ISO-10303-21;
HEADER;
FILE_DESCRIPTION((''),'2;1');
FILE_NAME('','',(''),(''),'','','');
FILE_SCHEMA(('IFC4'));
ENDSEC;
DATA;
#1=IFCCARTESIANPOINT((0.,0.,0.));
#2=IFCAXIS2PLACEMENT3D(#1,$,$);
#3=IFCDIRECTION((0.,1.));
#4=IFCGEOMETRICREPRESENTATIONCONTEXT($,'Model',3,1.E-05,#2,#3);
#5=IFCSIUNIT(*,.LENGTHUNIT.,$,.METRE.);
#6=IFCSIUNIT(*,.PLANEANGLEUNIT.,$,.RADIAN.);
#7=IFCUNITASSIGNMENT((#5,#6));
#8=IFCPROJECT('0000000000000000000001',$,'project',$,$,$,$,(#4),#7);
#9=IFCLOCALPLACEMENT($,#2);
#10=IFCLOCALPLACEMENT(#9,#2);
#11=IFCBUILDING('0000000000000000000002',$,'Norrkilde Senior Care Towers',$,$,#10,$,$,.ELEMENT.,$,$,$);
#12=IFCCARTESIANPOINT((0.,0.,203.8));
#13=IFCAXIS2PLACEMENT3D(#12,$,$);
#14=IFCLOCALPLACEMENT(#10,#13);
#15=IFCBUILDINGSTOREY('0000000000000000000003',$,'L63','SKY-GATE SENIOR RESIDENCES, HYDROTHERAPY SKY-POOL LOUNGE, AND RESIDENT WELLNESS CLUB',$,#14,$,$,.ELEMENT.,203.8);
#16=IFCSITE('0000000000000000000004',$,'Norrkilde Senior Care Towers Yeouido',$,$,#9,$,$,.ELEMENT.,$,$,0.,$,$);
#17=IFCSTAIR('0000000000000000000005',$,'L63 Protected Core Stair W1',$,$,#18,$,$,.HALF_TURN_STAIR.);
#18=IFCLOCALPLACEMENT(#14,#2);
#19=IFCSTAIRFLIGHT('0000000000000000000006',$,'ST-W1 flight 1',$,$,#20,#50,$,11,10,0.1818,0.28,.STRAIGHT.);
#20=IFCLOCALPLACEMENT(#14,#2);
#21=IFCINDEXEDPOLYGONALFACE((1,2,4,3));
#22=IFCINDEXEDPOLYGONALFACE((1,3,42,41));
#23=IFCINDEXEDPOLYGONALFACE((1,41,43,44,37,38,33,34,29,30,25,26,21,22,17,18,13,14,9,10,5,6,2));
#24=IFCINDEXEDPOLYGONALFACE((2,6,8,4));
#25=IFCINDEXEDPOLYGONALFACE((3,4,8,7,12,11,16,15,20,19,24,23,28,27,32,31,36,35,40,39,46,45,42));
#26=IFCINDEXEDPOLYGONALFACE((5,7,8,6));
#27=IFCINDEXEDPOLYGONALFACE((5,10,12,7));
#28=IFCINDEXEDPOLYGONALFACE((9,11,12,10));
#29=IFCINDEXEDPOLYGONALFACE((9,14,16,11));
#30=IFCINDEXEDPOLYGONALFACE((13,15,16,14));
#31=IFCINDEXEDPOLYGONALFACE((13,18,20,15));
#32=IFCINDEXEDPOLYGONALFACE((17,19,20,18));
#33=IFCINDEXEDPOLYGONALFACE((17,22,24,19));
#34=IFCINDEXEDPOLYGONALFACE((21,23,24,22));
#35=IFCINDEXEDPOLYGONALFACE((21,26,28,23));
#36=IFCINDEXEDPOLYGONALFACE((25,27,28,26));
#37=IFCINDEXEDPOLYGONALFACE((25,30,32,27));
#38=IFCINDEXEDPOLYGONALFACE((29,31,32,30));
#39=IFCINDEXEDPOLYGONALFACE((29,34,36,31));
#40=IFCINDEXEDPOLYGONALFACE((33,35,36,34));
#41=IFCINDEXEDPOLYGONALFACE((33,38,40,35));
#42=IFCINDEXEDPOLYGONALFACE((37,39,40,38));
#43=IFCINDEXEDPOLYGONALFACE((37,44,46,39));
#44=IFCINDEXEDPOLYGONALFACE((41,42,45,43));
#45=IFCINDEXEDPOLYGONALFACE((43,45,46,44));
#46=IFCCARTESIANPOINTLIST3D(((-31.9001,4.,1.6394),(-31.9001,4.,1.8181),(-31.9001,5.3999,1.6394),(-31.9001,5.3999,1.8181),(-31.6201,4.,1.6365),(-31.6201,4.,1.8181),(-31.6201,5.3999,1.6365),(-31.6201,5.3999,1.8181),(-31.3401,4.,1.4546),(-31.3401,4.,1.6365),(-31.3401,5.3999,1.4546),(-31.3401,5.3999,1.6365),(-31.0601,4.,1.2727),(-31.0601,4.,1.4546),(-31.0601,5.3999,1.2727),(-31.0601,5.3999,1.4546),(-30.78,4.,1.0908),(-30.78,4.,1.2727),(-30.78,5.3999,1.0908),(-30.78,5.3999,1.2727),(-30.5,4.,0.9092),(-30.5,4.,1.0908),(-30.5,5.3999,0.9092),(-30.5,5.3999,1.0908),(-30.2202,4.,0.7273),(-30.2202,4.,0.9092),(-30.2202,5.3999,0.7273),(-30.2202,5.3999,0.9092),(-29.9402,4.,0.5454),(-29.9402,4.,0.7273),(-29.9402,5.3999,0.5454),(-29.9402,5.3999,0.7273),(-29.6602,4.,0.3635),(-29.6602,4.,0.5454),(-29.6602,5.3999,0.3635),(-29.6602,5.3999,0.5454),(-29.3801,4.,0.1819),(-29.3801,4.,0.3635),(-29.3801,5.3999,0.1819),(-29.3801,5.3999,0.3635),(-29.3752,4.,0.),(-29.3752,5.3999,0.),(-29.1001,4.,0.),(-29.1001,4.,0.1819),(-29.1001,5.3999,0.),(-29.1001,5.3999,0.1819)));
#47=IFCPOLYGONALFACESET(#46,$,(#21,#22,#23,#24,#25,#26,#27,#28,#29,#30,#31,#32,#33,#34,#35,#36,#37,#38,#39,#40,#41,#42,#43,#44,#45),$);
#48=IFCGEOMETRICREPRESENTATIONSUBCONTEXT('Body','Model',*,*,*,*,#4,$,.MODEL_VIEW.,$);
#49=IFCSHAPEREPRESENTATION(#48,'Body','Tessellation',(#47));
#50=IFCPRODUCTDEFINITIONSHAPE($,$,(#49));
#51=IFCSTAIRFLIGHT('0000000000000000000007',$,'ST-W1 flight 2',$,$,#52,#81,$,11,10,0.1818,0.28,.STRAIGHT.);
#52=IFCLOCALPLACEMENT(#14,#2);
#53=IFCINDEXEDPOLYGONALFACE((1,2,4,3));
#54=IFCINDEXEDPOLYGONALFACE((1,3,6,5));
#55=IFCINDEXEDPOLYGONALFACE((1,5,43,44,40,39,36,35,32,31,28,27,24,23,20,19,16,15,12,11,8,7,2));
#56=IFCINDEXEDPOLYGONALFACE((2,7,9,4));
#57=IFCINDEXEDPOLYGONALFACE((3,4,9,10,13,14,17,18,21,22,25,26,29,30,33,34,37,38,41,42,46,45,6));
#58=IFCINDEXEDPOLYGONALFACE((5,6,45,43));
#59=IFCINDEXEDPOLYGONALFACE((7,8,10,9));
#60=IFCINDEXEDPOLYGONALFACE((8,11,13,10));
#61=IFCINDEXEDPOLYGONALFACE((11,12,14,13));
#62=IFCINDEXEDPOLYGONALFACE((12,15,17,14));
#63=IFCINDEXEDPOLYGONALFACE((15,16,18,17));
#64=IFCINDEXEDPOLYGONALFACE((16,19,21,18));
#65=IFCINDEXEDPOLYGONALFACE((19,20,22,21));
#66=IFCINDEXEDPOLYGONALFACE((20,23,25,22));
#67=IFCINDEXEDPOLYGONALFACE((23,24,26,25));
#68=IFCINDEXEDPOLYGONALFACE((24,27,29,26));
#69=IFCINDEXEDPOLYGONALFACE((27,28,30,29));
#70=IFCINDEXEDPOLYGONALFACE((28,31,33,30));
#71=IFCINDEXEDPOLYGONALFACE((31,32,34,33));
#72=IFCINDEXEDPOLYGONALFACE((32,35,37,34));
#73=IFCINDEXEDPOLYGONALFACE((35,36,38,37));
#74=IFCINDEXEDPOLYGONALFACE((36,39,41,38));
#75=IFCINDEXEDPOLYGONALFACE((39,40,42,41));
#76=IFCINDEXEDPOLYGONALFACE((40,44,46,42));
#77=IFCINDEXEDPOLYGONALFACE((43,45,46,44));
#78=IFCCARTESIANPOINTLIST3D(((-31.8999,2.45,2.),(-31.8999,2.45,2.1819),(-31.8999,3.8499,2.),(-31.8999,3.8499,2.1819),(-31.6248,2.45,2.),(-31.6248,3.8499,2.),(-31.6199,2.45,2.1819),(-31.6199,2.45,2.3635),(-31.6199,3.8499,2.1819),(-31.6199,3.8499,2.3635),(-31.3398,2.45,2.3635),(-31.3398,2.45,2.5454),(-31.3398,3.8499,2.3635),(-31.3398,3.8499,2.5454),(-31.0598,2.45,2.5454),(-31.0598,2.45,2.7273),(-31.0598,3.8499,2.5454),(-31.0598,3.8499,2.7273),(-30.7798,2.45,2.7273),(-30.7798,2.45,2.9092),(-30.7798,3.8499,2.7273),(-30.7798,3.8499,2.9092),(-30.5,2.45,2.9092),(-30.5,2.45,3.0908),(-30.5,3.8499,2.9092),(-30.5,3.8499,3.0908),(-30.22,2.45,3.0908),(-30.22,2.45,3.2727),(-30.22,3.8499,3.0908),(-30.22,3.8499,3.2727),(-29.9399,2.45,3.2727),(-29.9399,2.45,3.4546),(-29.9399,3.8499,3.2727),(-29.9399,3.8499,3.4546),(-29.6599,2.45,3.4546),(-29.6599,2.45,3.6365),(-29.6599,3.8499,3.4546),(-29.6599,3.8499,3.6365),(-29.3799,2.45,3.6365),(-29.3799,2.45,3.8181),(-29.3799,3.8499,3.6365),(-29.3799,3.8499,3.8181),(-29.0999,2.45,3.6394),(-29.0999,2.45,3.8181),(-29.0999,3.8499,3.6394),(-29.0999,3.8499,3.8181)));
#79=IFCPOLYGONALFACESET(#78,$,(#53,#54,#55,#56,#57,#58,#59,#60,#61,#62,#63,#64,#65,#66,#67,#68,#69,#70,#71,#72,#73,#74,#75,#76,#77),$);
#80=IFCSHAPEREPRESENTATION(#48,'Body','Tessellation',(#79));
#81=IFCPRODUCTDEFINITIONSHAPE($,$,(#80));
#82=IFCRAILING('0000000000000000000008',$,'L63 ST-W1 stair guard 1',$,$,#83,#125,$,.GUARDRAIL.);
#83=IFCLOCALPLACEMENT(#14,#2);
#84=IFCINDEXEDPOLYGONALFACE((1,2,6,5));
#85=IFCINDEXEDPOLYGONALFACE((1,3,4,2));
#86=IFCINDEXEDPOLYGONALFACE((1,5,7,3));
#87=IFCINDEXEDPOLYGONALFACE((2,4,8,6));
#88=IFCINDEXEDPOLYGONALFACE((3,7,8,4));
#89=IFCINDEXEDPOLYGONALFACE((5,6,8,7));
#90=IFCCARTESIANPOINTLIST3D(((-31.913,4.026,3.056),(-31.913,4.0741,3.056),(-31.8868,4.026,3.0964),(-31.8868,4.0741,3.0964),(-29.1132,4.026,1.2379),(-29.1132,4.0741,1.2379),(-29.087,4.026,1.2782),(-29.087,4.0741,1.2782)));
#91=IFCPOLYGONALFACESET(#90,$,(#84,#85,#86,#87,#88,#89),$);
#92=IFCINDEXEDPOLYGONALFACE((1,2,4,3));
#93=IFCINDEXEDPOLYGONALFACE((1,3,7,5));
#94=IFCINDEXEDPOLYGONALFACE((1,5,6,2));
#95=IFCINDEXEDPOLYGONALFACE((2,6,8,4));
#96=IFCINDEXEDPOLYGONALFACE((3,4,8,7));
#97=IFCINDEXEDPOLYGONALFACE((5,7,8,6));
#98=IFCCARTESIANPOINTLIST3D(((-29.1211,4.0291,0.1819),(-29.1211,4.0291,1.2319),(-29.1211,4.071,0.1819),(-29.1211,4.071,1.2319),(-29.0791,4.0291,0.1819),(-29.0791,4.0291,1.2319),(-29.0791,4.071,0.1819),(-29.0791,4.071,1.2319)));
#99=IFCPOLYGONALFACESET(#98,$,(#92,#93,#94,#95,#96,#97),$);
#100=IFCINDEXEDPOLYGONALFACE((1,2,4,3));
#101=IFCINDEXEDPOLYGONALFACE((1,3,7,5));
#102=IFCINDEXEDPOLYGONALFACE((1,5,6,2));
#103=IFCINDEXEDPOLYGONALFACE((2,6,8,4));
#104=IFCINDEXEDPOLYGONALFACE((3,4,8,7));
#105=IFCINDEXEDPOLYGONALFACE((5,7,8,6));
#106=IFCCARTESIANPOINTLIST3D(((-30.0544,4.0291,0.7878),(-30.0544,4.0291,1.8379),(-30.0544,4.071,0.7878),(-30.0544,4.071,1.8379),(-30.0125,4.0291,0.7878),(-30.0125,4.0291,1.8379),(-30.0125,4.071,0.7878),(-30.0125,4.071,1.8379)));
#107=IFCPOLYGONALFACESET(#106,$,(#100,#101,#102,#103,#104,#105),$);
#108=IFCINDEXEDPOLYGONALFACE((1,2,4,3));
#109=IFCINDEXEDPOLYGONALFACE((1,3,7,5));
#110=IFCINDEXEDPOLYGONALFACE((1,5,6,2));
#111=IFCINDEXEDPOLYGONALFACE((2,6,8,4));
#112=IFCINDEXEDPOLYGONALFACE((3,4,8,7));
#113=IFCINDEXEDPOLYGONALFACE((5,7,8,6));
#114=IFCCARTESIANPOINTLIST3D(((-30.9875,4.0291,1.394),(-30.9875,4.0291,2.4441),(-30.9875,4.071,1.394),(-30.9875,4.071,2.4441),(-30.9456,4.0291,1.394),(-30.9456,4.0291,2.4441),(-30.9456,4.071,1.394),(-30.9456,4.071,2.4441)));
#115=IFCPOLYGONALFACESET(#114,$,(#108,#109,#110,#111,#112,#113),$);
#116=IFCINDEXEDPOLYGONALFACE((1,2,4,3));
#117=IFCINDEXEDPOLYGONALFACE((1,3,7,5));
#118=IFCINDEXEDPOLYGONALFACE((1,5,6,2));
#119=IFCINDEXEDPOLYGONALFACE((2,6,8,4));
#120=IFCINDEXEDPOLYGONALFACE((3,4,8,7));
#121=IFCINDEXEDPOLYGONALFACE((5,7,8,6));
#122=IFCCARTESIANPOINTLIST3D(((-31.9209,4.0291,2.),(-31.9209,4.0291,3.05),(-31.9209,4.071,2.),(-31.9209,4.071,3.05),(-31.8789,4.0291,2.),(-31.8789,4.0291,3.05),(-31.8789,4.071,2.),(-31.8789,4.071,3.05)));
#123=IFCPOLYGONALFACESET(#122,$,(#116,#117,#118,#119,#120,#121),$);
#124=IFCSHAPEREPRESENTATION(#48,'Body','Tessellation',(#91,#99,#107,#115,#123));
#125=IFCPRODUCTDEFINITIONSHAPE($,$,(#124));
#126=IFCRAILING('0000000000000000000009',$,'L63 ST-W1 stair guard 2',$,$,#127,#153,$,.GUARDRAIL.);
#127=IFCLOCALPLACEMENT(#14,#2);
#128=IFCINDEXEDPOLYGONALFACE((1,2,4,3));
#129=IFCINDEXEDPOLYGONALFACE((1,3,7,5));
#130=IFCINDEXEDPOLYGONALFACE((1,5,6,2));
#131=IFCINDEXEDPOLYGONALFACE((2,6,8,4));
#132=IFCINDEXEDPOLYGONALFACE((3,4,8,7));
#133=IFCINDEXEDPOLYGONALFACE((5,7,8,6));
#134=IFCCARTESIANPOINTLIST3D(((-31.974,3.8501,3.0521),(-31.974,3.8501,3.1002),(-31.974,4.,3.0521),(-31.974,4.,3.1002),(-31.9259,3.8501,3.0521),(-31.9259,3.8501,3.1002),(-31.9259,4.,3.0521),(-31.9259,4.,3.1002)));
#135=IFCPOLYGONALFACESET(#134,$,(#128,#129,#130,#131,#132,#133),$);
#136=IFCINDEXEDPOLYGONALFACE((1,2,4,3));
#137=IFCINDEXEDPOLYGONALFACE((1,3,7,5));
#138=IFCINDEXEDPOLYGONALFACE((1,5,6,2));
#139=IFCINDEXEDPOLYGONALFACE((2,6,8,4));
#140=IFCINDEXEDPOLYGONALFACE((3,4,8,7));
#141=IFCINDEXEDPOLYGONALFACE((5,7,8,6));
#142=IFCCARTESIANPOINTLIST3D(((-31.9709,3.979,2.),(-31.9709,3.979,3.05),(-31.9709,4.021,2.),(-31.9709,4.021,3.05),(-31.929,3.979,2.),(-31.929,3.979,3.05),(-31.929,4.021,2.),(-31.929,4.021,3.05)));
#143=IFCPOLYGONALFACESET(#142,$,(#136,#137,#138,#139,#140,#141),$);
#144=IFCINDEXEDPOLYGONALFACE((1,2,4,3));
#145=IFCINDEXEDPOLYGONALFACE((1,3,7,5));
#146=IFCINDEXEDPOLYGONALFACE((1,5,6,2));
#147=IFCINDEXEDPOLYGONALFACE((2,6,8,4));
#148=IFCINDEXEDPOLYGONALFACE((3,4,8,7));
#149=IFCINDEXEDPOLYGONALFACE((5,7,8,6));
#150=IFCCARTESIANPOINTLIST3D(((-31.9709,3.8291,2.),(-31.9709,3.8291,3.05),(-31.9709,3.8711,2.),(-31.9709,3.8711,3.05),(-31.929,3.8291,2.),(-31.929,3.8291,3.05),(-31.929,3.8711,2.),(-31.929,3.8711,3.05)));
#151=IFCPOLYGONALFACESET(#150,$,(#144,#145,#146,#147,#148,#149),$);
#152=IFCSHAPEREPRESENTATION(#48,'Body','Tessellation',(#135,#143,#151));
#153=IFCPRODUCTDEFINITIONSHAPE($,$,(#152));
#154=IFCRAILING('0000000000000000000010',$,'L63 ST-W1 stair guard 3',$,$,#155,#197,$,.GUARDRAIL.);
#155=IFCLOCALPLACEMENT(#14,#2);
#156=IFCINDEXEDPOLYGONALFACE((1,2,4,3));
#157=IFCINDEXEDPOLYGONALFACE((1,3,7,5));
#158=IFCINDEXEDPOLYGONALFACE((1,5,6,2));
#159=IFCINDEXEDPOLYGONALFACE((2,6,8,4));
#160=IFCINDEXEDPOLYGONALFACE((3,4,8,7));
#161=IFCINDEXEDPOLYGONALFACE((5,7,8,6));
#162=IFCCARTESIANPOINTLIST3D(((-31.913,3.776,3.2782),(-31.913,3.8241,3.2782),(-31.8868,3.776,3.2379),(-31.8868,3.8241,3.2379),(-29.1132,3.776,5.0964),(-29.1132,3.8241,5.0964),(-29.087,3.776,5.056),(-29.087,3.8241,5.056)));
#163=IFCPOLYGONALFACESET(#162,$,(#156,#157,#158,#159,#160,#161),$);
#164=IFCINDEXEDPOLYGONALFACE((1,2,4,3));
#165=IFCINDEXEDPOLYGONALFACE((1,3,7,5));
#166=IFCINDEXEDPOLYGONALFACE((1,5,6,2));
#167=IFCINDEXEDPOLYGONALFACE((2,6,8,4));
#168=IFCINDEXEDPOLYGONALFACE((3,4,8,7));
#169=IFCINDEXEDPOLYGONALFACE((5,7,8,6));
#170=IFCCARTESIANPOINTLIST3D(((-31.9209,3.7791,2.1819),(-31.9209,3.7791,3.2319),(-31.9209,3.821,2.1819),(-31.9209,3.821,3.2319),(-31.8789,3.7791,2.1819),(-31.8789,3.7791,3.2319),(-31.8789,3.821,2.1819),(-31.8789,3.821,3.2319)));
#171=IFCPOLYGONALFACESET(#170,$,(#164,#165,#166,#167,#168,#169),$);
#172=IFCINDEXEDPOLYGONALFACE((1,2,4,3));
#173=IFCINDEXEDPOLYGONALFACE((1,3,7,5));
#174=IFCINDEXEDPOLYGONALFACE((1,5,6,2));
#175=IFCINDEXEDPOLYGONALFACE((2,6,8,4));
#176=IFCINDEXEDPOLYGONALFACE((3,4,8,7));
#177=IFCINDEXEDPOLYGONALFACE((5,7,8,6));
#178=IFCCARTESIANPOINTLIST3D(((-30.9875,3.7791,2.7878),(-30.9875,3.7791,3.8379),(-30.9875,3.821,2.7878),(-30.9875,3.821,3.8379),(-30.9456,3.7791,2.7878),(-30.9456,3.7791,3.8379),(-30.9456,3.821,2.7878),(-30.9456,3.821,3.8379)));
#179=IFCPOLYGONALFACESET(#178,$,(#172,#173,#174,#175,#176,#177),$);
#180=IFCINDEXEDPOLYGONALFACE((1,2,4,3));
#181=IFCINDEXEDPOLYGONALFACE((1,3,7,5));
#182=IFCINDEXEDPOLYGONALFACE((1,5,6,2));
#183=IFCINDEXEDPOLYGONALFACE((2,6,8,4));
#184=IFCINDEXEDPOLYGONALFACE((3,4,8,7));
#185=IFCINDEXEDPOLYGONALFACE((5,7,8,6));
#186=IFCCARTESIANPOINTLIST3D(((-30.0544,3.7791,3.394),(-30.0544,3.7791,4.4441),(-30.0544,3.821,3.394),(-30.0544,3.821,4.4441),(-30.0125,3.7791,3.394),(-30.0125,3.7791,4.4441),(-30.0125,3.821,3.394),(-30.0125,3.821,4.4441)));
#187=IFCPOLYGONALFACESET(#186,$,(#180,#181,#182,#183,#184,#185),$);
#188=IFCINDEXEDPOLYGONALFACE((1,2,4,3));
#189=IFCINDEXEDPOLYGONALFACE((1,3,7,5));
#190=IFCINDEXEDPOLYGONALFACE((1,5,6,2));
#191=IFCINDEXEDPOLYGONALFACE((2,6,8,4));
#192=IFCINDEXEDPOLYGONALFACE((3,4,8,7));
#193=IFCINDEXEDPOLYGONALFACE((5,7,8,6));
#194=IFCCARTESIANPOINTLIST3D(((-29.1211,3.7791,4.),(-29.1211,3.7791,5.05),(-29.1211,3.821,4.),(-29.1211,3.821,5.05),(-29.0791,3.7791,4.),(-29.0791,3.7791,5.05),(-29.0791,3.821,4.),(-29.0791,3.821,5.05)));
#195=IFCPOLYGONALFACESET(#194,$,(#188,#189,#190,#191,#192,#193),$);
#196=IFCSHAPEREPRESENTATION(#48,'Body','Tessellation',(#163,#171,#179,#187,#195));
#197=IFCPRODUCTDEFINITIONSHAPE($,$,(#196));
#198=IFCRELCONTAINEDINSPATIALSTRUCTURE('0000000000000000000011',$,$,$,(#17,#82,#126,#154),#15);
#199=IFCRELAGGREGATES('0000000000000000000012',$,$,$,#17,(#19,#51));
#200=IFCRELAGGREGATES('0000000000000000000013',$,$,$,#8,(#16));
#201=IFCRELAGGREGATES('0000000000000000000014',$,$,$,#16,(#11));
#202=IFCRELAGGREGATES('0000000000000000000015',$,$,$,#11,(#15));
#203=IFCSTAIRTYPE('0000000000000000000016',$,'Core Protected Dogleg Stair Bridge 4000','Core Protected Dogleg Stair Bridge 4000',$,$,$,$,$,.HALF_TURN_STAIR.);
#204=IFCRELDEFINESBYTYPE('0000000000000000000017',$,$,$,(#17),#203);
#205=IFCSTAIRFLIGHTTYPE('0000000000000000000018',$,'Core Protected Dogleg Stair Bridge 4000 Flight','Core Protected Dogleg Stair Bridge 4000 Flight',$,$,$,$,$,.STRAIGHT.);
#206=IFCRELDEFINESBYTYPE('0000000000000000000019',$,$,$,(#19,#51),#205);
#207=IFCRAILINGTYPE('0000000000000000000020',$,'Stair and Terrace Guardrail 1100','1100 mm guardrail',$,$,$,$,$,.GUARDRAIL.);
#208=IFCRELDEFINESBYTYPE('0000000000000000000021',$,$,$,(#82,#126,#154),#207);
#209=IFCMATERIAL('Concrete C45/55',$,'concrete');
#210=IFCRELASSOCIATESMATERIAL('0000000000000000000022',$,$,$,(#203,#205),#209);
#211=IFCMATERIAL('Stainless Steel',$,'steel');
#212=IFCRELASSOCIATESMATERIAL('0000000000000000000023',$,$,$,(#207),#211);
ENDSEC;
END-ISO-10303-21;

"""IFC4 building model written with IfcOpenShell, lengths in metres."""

from ifc_helpers import new_model, si_unit, direction, frame, origin, origin_2d, place, context, subcontext, project, spatial, polyline, rectangle, outline, extrude, material, type_object, element, aggregate, save


model = new_model("IFC4")

# Units and contexts
model_context = context("Model", 3, precision=1e-05, world=origin(), true_north=direction((0.0, 1.0)))
body_context = subcontext(model_context, "Body", "Model", "MODEL_VIEW")
ifc_project = project(units=[si_unit("LENGTHUNIT", "METRE"), si_unit("PLANEANGLEUNIT", "RADIAN")], contexts=[model_context])

# Site, building, storey
site_placement = place(None, origin())
site = spatial("IfcSite", under=ifc_project, at=site_placement, Name="Norrkilde Senior Care Towers Yeouido", CompositionType="ELEMENT", RefElevation=0.0)
building_placement = place(site_placement, origin())
building = spatial("IfcBuilding", under=site, at=building_placement, Name="Norrkilde Senior Care Towers", CompositionType="ELEMENT")
storey_placement = place(building_placement, frame((0.0, 0.0, 203.8)))
storey = spatial("IfcBuildingStorey", under=building, at=storey_placement, Name="L63", Description="SKY-GATE SENIOR RESIDENCES, HYDROTHERAPY SKY-POOL LOUNGE, AND RESIDENT WELLNESS CLUB", CompositionType="ELEMENT", Elevation=203.8)

# Shared definitions
ifc_material_1 = material(Name="Concrete C45/55", Category="concrete")

# Shared definitions
ifc_material_2 = material(Name="Stainless Steel", Category="steel")

# Stair, stair flights
stair_type = type_object("IfcStairType", Name="Core Protected Dogleg Stair Bridge 4000", Description="Core Protected Dogleg Stair Bridge 4000", PredefinedType="HALF_TURN_STAIR", material=ifc_material_1)
stair_placement = place(storey_placement, origin())
stair = element("IfcStair", 1, at=stair_placement, inside=storey, type_object=stair_type, Name="L63 Protected Core Stair W1", PredefinedType="HALF_TURN_STAIR")
stair_flight_type = type_object("IfcStairFlightType", Name="Core Protected Dogleg Stair Bridge 4000 Flight", Description="Core Protected Dogleg Stair Bridge 4000 Flight", PredefinedType="STRAIGHT", material=ifc_material_1)
stair_flight_1_placement = place(storey_placement, frame((-29.1001, 4.7, 0.0), z_axis=(0.0, 0.0, 1.0), x_axis=(-1.0, 0.0, 0.0)))
stair_flight_1 = element("IfcStairFlight", 2, at=stair_flight_1_placement, type_object=stair_flight_type, Name="ST-W1 flight 1", NumberOfRisers=11, NumberOfTreads=10, PredefinedType="STRAIGHT", RiserHeight=0.1818, TreadLength=0.28, context=body_context, shape_type="SweptSolid", body=[
    extrude(outline(polyline([(0.0, 0.0), (0.0, 0.1819), (0.28, 0.1819), (0.28, 0.3635), (0.5601, 0.3635), (0.5601, 0.5454), (0.8401, 0.5454), (0.8401, 0.7273), (1.1201, 0.7273), (1.1201, 0.9092), (1.3999, 0.9092), (1.3999, 1.0908), (1.6799, 1.0908), (1.6799, 1.2727), (1.96, 1.2727), (1.96, 1.4546), (2.24, 1.4546), (2.24, 1.6365), (2.52, 1.6365), (2.52, 1.8181), (2.8, 1.8181), (2.8, 2.0), (2.8, 1.6394), (0.2751, 0.0), (0.0, 0.0)])), frame((0.0, 0.7, 0.0), z_axis=(0.0, -1.0, 0.0), x_axis=(1.0, 0.0, 0.0)), (0.0, 0.0, 1.0), 1.3999),
])
stair_flight_2_placement = place(storey_placement, frame((-31.8999, 3.1499, 2.0), z_axis=(0.0, 0.0, 1.0), x_axis=(1.0, 0.0, 0.0)))
stair_flight_2 = element("IfcStairFlight", 3, at=stair_flight_2_placement, type_object=stair_flight_type, Name="ST-W1 flight 2", NumberOfRisers=11, NumberOfTreads=10, PredefinedType="STRAIGHT", RiserHeight=0.1818, TreadLength=0.28, context=body_context, shape_type="SweptSolid", body=[
    extrude(outline(polyline([(0.0, 0.0), (0.0, 0.1819), (0.28, 0.1819), (0.28, 0.3635), (0.5601, 0.3635), (0.5601, 0.5454), (0.8401, 0.5454), (0.8401, 0.7273), (1.1201, 0.7273), (1.1201, 0.9092), (1.3999, 0.9092), (1.3999, 1.0908), (1.6799, 1.0908), (1.6799, 1.2727), (1.96, 1.2727), (1.96, 1.4546), (2.24, 1.4546), (2.24, 1.6365), (2.52, 1.6365), (2.52, 1.8181), (2.8, 1.8181), (2.8, 2.0), (2.8, 1.6394), (0.2751, 0.0), (0.0, 0.0)])), frame((0.0, 0.7, 0.0), z_axis=(0.0, -1.0, 0.0), x_axis=(1.0, 0.0, 0.0)), (0.0, 0.0, 1.0), 1.3999),
])
aggregate(stair, [stair_flight_1, stair_flight_2])

# Railings
railing_type_1 = type_object("IfcRailingType", Name="Stair and Terrace Guardrail 1100", Description="1100 mm guardrail", PredefinedType="GUARDRAIL", material=ifc_material_2)
railing_1_placement = place(storey_placement, frame((-29.1001, 4.05, 0.1819)))
element("IfcRailing", 4, at=railing_1_placement, inside=storey, type_object=railing_type_1, Name="L63 ST-W1 stair guard 1", PredefinedType="GUARDRAIL", context=body_context, shape_type="SweptSolid", body=[
    extrude(rectangle(XDim=0.0481, YDim=0.0481, at=origin_2d()), frame((0.0, 0.0, 1.0762), z_axis=(-0.838684, 0.0, 0.544618), x_axis=(0.0, -1.0, 0.0)), (0.0, 0.0, 1.0), 3.3384),
    extrude(rectangle(XDim=0.042, YDim=0.042, at=origin_2d()), origin(), (0.0, 0.0, 1.0), 1.05),
    extrude(rectangle(XDim=0.042, YDim=0.042, at=origin_2d()), frame((-0.9333, 0.0, 0.606)), (0.0, 0.0, 1.0), 1.05),
    extrude(rectangle(XDim=0.042, YDim=0.042, at=origin_2d()), frame((-1.8665, 0.0, 1.2122)), (0.0, 0.0, 1.0), 1.05),
    extrude(rectangle(XDim=0.042, YDim=0.042, at=origin_2d()), frame((-2.7998, 0.0, 1.8181)), (0.0, 0.0, 1.0), 1.05),
])
railing_2_placement = place(storey_placement, frame((-31.95, 4.0, 2.0)))
element("IfcRailing", 5, at=railing_2_placement, inside=storey, type_object=railing_type_1, Name="L63 ST-W1 stair guard 2", PredefinedType="GUARDRAIL", context=body_context, shape_type="SweptSolid", body=[
    extrude(rectangle(XDim=0.0481, YDim=0.0481, at=origin_2d()), frame((0.0, 0.0, 1.0762), z_axis=(0.0, -1.0, 0.0), x_axis=(1.0, 0.0, 0.0)), (0.0, 0.0, 1.0), 0.1499),
    extrude(rectangle(XDim=0.042, YDim=0.042, at=origin_2d()), origin(), (0.0, 0.0, 1.0), 1.05),
    extrude(rectangle(XDim=0.042, YDim=0.042, at=origin_2d()), frame((0.0, -0.1499, 0.0)), (0.0, 0.0, 1.0), 1.05),
])
railing_3_placement = place(storey_placement, frame((-31.8999, 3.8, 2.1819)))
element("IfcRailing", 6, at=railing_3_placement, inside=storey, type_object=railing_type_1, Name="L63 ST-W1 stair guard 3", PredefinedType="GUARDRAIL", context=body_context, shape_type="SweptSolid", body=[
    extrude(rectangle(XDim=0.0481, YDim=0.0481, at=origin_2d()), frame((0.0, 0.0, 1.0762), z_axis=(0.838684, 0.0, 0.544618), x_axis=(0.0, 1.0, 0.0)), (0.0, 0.0, 1.0), 3.3384),
    extrude(rectangle(XDim=0.042, YDim=0.042, at=origin_2d()), origin(), (0.0, 0.0, 1.0), 1.05),
    extrude(rectangle(XDim=0.042, YDim=0.042, at=origin_2d()), frame((0.9333, 0.0, 0.606)), (0.0, 0.0, 1.0), 1.05),
    extrude(rectangle(XDim=0.042, YDim=0.042, at=origin_2d()), frame((1.8665, 0.0, 1.2122)), (0.0, 0.0, 1.0), 1.05),
    extrude(rectangle(XDim=0.042, YDim=0.042, at=origin_2d()), frame((2.7998, 0.0, 1.8181)), (0.0, 0.0, 1.0), 1.05),
])

save(model, "model.ifc")
